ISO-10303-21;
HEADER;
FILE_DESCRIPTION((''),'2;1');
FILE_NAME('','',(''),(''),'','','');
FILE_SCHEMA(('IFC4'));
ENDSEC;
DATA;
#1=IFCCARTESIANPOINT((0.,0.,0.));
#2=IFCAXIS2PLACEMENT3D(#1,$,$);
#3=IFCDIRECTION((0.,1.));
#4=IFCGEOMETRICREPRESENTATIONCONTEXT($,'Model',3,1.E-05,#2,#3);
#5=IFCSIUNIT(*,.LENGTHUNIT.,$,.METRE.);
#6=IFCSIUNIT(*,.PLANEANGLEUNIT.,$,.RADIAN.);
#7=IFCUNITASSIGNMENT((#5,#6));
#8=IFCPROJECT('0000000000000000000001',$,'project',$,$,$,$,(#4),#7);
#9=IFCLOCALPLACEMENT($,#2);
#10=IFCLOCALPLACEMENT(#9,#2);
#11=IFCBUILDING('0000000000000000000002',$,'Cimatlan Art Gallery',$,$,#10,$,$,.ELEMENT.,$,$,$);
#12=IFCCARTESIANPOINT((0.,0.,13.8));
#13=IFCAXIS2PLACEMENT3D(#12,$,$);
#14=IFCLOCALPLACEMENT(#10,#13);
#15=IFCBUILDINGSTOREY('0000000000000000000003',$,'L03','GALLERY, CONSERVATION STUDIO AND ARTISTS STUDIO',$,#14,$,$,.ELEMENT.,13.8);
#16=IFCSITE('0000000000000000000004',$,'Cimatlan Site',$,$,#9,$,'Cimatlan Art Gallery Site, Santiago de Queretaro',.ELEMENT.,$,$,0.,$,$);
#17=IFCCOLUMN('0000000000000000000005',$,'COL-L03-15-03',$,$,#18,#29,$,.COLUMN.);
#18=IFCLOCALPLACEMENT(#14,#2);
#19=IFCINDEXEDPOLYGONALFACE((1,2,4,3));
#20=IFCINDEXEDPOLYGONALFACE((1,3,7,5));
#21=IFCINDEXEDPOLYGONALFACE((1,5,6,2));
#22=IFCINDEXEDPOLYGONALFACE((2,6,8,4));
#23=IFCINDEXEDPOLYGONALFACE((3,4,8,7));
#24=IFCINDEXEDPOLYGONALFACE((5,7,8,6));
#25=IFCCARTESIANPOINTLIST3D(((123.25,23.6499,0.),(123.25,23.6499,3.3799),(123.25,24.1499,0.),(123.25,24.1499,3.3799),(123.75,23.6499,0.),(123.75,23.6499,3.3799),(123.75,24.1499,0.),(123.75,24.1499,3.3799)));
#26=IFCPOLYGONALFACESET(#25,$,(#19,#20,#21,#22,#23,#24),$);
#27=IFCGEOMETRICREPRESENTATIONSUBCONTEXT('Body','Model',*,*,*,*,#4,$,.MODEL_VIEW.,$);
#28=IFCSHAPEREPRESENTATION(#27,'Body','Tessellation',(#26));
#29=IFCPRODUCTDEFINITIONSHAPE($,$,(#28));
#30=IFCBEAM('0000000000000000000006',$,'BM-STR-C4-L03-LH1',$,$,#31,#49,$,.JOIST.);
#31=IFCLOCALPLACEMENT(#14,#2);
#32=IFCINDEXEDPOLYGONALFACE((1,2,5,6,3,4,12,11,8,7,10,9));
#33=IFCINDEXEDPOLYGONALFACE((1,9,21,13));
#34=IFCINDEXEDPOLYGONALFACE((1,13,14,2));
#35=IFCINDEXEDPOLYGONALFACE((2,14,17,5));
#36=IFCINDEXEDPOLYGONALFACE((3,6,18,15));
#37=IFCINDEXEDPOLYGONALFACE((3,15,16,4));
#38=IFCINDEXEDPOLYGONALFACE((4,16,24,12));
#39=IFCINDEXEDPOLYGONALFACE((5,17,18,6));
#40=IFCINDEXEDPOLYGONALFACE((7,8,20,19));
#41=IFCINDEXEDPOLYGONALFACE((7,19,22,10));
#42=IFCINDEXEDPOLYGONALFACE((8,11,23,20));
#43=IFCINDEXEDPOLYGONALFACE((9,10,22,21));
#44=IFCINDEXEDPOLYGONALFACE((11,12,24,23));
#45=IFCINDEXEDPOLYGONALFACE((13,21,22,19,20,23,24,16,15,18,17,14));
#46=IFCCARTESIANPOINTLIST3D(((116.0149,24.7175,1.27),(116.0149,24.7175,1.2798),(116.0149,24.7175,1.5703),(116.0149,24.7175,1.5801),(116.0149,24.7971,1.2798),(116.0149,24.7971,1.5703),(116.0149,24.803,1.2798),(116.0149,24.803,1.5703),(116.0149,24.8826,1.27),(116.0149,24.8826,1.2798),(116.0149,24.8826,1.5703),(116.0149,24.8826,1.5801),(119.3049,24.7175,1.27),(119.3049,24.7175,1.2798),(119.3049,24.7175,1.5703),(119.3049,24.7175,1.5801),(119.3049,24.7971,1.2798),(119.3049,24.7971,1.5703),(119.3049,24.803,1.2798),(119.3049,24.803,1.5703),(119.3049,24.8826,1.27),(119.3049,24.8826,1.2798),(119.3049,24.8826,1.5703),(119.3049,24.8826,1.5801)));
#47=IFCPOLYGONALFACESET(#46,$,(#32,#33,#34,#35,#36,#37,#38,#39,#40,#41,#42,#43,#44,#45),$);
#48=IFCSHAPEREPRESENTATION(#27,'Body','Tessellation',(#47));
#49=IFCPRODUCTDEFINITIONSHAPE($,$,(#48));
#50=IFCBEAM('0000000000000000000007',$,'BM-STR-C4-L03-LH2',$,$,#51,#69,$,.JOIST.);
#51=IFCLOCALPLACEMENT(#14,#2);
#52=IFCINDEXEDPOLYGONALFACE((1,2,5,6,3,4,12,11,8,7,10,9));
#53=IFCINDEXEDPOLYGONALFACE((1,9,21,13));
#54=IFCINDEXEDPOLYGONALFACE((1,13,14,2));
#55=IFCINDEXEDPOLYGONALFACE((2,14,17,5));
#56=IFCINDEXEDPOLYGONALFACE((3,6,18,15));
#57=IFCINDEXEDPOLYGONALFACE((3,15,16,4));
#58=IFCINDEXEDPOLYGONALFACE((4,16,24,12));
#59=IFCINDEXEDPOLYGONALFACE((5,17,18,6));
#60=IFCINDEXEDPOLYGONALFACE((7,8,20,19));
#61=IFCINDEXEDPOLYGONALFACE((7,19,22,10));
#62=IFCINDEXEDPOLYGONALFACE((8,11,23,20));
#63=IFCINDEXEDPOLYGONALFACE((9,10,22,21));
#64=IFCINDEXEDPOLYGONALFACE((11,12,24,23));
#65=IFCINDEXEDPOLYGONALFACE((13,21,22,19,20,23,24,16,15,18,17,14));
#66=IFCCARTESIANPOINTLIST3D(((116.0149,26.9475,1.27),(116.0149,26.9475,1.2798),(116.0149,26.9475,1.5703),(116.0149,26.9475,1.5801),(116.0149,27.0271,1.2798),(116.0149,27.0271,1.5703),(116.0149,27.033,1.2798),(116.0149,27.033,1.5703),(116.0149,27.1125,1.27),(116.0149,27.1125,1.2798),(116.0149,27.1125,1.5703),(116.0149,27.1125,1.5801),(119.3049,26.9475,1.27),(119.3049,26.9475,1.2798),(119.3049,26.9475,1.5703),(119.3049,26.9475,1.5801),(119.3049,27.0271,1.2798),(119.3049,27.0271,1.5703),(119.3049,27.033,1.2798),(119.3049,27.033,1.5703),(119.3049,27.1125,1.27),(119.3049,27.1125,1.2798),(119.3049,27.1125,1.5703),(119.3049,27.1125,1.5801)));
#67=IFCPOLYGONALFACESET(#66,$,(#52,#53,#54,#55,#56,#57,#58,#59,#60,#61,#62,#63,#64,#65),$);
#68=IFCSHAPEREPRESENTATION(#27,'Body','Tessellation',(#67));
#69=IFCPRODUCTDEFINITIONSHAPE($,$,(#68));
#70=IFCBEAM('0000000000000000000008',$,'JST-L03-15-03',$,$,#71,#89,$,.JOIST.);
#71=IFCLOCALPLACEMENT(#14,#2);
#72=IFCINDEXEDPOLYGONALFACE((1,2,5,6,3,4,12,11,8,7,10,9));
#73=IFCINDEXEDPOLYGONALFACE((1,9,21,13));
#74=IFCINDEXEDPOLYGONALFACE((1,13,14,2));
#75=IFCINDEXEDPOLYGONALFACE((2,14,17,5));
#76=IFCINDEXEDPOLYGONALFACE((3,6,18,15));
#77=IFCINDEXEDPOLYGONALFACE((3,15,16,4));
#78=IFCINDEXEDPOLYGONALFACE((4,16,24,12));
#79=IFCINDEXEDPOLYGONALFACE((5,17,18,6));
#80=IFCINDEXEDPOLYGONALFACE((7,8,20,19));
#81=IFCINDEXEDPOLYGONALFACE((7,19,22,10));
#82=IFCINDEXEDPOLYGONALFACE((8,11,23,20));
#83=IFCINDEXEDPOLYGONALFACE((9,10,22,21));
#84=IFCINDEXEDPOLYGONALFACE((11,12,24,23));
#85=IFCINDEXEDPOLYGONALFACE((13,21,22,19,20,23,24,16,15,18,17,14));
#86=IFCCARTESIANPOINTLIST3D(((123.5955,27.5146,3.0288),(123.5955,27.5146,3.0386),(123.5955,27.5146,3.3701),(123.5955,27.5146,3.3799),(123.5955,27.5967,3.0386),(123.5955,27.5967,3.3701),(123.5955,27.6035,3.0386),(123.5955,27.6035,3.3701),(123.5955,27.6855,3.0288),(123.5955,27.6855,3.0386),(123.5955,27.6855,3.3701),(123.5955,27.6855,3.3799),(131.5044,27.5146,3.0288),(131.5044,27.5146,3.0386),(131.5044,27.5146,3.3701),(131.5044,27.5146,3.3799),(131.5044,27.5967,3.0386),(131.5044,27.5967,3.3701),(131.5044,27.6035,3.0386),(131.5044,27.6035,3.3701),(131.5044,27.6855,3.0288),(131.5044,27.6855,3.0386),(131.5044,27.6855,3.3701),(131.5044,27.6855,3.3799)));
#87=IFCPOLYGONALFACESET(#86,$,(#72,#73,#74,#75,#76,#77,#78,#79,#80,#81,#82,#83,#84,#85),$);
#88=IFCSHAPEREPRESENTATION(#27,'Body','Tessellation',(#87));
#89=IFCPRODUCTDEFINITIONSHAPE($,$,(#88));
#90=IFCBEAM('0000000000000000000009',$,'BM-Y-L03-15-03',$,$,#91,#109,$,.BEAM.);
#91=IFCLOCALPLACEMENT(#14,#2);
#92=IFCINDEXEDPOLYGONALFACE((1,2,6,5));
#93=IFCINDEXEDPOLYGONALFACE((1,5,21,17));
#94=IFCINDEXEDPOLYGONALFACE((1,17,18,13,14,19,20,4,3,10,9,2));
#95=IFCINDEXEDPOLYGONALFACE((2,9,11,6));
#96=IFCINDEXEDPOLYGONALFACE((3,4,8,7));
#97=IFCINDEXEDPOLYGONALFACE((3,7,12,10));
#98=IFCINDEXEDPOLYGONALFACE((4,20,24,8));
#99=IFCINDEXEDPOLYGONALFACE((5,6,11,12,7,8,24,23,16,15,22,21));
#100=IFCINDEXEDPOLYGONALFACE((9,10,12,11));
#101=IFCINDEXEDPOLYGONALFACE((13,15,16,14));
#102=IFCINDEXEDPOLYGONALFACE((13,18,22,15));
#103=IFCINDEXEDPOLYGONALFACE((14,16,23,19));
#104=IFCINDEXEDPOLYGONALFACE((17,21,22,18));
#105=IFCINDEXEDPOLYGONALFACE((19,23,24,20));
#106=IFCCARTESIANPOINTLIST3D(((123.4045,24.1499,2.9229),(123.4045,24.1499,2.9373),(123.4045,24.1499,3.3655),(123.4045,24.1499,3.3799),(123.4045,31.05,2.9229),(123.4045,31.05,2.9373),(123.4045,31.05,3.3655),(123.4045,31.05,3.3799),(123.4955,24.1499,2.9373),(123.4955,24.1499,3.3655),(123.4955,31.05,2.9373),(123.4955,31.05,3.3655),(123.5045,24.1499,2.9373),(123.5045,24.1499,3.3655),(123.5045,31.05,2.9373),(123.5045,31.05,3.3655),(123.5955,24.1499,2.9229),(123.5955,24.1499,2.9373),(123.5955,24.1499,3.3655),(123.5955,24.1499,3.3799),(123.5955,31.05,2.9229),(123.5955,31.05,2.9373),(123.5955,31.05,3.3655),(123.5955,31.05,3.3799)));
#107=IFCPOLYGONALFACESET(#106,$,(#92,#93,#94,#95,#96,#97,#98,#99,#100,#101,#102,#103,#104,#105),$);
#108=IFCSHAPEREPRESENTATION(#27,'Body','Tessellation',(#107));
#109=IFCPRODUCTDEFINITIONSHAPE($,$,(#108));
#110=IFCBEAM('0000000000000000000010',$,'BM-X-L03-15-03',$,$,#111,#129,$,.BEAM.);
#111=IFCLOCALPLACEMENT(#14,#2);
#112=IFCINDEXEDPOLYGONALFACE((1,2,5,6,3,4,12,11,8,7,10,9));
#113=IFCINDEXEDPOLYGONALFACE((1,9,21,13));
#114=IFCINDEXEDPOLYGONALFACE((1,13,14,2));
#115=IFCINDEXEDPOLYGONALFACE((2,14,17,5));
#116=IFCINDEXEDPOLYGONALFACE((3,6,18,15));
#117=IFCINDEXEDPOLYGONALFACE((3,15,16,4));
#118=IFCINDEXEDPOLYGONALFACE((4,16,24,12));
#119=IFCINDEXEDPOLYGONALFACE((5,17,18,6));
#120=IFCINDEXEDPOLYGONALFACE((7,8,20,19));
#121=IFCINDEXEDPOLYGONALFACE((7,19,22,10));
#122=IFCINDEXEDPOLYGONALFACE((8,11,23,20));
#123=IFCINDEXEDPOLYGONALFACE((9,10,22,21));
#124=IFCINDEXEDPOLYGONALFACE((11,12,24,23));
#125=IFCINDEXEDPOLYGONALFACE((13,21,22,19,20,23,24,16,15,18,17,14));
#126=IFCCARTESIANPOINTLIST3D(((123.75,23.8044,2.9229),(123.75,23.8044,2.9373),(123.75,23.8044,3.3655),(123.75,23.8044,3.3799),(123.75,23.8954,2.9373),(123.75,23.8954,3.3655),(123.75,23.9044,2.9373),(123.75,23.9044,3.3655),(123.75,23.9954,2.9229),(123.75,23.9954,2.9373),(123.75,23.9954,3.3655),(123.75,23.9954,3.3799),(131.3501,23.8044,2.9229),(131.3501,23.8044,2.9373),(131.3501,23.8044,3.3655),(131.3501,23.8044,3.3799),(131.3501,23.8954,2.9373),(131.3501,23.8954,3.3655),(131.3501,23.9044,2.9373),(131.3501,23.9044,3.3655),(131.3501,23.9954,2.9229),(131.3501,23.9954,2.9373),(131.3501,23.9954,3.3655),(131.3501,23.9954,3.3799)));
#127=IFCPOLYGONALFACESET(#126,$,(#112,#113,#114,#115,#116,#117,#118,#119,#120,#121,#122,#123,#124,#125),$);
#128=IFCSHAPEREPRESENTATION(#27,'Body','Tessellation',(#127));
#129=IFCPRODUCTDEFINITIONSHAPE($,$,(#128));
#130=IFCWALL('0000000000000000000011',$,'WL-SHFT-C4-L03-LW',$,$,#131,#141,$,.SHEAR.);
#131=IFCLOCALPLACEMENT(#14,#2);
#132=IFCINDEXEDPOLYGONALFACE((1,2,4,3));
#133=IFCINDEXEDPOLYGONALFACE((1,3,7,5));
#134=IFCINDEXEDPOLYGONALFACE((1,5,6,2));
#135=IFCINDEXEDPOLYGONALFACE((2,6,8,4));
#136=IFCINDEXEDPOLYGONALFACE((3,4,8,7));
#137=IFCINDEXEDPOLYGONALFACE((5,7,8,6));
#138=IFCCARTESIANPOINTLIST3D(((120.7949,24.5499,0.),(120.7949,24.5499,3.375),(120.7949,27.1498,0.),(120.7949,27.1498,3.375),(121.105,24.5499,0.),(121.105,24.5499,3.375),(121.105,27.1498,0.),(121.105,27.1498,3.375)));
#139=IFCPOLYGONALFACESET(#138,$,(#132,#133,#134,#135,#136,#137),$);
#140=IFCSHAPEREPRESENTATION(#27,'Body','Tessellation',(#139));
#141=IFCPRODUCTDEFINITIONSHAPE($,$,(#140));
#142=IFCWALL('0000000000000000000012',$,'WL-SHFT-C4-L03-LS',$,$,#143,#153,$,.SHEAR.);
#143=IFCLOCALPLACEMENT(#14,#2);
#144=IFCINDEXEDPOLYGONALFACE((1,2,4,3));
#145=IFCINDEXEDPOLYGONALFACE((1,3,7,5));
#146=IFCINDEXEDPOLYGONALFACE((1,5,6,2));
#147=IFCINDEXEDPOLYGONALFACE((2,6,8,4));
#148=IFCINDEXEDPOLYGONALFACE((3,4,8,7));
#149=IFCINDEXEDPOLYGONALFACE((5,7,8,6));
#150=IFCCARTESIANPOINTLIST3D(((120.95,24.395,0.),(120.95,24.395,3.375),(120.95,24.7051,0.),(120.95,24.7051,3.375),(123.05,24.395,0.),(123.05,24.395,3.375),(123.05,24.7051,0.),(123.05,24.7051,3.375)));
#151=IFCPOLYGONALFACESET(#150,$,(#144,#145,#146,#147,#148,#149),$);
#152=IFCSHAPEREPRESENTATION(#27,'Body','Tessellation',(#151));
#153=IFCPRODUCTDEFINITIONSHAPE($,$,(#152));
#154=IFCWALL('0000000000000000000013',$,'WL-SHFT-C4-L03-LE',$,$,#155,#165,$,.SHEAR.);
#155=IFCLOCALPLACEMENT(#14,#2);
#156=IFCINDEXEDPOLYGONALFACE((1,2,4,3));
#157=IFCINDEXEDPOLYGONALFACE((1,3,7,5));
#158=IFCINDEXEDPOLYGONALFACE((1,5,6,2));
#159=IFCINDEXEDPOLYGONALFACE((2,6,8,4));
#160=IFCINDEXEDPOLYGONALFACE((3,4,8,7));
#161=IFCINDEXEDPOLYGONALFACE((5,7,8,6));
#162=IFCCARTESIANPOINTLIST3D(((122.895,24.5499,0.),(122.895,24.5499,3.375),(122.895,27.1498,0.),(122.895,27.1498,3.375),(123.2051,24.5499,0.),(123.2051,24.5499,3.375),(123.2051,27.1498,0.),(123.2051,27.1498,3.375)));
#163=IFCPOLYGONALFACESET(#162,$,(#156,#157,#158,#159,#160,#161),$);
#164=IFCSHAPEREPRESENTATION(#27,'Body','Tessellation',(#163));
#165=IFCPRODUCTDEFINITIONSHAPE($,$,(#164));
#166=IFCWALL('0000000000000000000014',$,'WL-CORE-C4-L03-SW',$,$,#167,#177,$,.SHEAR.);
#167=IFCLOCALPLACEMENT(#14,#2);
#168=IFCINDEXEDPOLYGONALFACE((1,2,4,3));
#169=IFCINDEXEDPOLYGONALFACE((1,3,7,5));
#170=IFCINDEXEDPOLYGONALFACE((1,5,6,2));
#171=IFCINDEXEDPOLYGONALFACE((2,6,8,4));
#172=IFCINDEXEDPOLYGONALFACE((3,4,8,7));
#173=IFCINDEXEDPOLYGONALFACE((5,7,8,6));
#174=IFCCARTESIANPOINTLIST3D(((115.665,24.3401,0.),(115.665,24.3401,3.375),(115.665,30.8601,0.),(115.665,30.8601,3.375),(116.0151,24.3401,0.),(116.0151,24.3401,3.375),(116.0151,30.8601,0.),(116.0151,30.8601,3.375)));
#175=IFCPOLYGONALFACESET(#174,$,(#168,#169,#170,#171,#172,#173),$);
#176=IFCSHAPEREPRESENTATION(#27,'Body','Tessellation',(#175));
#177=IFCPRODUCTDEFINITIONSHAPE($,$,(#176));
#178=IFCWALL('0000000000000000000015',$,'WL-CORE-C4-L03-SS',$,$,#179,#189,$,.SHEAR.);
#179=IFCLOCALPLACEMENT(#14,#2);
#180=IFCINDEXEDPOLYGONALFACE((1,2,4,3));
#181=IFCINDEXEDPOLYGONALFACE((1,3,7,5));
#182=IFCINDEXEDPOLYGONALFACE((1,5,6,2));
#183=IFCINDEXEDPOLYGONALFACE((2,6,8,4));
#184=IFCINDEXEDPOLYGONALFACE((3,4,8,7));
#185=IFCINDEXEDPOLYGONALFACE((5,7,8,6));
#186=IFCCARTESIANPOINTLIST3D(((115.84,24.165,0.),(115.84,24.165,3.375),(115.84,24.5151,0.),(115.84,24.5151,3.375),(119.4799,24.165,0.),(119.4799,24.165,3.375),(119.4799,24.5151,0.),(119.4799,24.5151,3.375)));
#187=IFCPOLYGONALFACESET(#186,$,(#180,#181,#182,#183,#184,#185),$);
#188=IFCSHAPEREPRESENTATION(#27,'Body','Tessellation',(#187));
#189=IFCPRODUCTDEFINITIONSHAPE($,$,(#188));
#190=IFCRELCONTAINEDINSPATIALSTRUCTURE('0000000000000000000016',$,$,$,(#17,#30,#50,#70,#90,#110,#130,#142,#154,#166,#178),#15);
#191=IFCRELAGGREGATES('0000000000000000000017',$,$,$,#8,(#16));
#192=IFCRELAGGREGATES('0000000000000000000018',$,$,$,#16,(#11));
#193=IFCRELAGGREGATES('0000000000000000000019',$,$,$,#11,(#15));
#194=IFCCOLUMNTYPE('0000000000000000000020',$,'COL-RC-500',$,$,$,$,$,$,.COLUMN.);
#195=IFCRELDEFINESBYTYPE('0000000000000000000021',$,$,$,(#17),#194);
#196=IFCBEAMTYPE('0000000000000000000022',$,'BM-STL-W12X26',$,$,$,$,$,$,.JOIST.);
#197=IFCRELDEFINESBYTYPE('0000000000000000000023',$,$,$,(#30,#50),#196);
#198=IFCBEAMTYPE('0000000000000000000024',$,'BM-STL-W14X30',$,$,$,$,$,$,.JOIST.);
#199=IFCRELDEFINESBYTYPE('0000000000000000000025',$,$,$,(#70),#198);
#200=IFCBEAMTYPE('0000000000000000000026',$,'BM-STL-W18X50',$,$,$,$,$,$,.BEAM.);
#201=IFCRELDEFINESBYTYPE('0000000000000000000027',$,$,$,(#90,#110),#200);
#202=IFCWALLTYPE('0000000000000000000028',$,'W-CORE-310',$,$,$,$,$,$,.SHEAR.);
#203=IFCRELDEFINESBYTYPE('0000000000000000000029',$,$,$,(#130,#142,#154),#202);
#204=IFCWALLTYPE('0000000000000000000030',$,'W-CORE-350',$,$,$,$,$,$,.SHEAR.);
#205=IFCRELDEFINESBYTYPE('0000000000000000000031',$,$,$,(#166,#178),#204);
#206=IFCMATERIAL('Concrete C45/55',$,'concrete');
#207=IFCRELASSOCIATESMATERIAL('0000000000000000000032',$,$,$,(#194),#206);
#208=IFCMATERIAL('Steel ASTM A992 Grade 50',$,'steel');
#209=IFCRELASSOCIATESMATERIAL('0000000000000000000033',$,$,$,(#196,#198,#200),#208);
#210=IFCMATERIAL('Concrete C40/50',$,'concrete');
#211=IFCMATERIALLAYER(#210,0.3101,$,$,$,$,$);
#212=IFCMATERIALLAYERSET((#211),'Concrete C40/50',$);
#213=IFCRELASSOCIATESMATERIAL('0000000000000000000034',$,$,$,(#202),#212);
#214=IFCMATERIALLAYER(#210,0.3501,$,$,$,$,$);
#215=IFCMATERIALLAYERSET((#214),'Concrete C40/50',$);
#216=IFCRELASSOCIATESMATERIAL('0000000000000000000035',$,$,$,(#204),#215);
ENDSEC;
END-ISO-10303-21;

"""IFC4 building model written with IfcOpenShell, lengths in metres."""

from ifc_helpers import new_model, si_unit, direction, frame, frame_2d, origin, origin_2d, place, context, subcontext, project, spatial, rectangle, i_section, extrude, material, layer, layer_set, material_profile, profile_set, type_object, element, save


model = new_model("IFC4")

# Units and contexts
model_context = context("Model", 3, precision=1e-05, world=origin(), true_north=direction((0.0, 1.0)))
body_context = subcontext(model_context, "Body", "Model", "MODEL_VIEW")
ifc_project = project(units=[si_unit("LENGTHUNIT", "METRE"), si_unit("PLANEANGLEUNIT", "RADIAN")], contexts=[model_context])

# Site, building, storey
site_placement = place(None, origin())
site = spatial("IfcSite", under=ifc_project, at=site_placement, Name="Cimatlan Site", LongName="Cimatlan Art Gallery Site, Santiago de Queretaro", CompositionType="ELEMENT", RefElevation=0.0)
building_placement = place(site_placement, origin())
building = spatial("IfcBuilding", under=site, at=building_placement, Name="Cimatlan Art Gallery", CompositionType="ELEMENT")
storey_placement = place(building_placement, frame((0.0, 0.0, 13.8)))
storey = spatial("IfcBuildingStorey", under=building, at=storey_placement, Name="L03", Description="GALLERY, CONSERVATION STUDIO AND ARTISTS STUDIO", CompositionType="ELEMENT", Elevation=13.8)

# Column
ifc_material_1 = material(Name="Concrete C45/55", Category="concrete")
ifc_material_profile_1 = material_profile(ifc_material_1, rectangle(XDim=0.5, YDim=0.5, at=origin_2d()), Name="RC500X500")
ifc_profile_set_1 = profile_set([ifc_material_profile_1], Name="Concrete C45/55")
column_type = type_object("IfcColumnType", Name="COL-RC-500", PredefinedType="COLUMN", material=ifc_profile_set_1)
column_placement = place(storey_placement, frame((123.5, 23.8999, 0.0), z_axis=(0.0, 0.0, 1.0), x_axis=(1.0, 0.0, 0.0)))
element("IfcColumn", 1, at=column_placement, inside=storey, type_object=column_type, Name="COL-L03-15-03", PredefinedType="COLUMN", context=body_context, shape_type="SweptSolid", body=[
    extrude(rectangle(XDim=0.5, YDim=0.5, at=origin_2d()), origin(), (0.0, 0.0, 1.0), 3.3799),
])

# Beams
ifc_material_2 = material(Name="Steel ASTM A992 Grade 50", Category="steel")
ifc_material_profile_2 = material_profile(ifc_material_2, i_section(OverallWidth=0.165, OverallDepth=0.3101, WebThickness=0.0059, FlangeThickness=0.0098, at=origin_2d()), Name="W12X26")
ifc_profile_set_2 = profile_set([ifc_material_profile_2], Name="Steel ASTM A992 Grade 50")
beam_type_1 = type_object("IfcBeamType", Name="BM-STL-W12X26", PredefinedType="JOIST", material=ifc_profile_set_2)
for number, where, z_axis, x_axis, name in (
    (2, (116.0149, 24.8, 1.425), (1.0, 0.0, 0.0), (0.0, 1.0, 0.0), "BM-STR-C4-L03-LH1"),
    (3, (116.0149, 27.03, 1.425), (1.0, 0.0, 0.0), (0.0, 1.0, 0.0), "BM-STR-C4-L03-LH2"),
):
    element("IfcBeam", number, at=place(storey_placement, frame(where, z_axis=z_axis, x_axis=x_axis)), inside=storey, type_object=beam_type_1, Name=name, PredefinedType="JOIST", context=body_context, shape_type="SweptSolid", body=[
        extrude(i_section(OverallWidth=0.165, OverallDepth=0.3101, WebThickness=0.0059, FlangeThickness=0.0098, at=origin_2d()), origin(), (0.0, 0.0, 1.0), 3.29),
    ])
ifc_material_profile_3 = material_profile(ifc_material_2, i_section(OverallWidth=0.1709, OverallDepth=0.3511, WebThickness=0.0068, FlangeThickness=0.0098, at=origin_2d()), Name="W14X30")
ifc_profile_set_3 = profile_set([ifc_material_profile_3], Name="Steel ASTM A992 Grade 50")
beam_type_2 = type_object("IfcBeamType", Name="BM-STL-W14X30", PredefinedType="JOIST", material=ifc_profile_set_3)
beam_1_placement = place(storey_placement, frame((123.5955, 27.6001, 3.2043), z_axis=(1.0, 0.0, 0.0), x_axis=(0.0, 1.0, 0.0)))
element("IfcBeam", 4, at=beam_1_placement, inside=storey, type_object=beam_type_2, Name="JST-L03-15-03", PredefinedType="JOIST", context=body_context, shape_type="SweptSolid", body=[
    extrude(i_section(OverallWidth=0.1709, OverallDepth=0.3511, WebThickness=0.0068, FlangeThickness=0.0098, at=origin_2d()), origin(), (0.0, 0.0, 1.0), 7.9089),
])
ifc_material_profile_4 = material_profile(ifc_material_2, i_section(OverallWidth=0.1909, OverallDepth=0.457, WebThickness=0.009, FlangeThickness=0.0144, at=origin_2d()), Name="W18X50")
ifc_profile_set_4 = profile_set([ifc_material_profile_4], Name="Steel ASTM A992 Grade 50")
beam_type_3 = type_object("IfcBeamType", Name="BM-STL-W18X50", PredefinedType="BEAM", material=ifc_profile_set_4)
beam_2_placement = place(storey_placement, frame((123.5, 24.1499, 3.1514), z_axis=(0.0, 1.0, 0.0), x_axis=(-1.0, 0.0, 0.0)))
element("IfcBeam", 5, at=beam_2_placement, inside=storey, type_object=beam_type_3, Name="BM-Y-L03-15-03", PredefinedType="BEAM", context=body_context, shape_type="SweptSolid", body=[
    extrude(i_section(OverallWidth=0.1909, OverallDepth=0.457, WebThickness=0.009, FlangeThickness=0.0144, at=origin_2d()), origin(), (0.0, 0.0, 1.0), 6.9001),
])
beam_3_placement = place(storey_placement, frame((123.75, 23.8999, 3.1514), z_axis=(1.0, 0.0, 0.0), x_axis=(0.0, 1.0, 0.0)))
element("IfcBeam", 6, at=beam_3_placement, inside=storey, type_object=beam_type_3, Name="BM-X-L03-15-03", PredefinedType="BEAM", context=body_context, shape_type="SweptSolid", body=[
    extrude(i_section(OverallWidth=0.1909, OverallDepth=0.457, WebThickness=0.009, FlangeThickness=0.0144, at=origin_2d()), origin(), (0.0, 0.0, 1.0), 7.6001),
])

# Walls
ifc_material_3 = material(Name="Concrete C40/50", Category="concrete")
ifc_layer_1 = layer(ifc_material_3, 0.3101)
ifc_layer_set_1 = layer_set([ifc_layer_1], Name="Concrete C40/50")
wall_type_1 = type_object("IfcWallType", Name="W-CORE-310", PredefinedType="SHEAR", material=ifc_layer_set_1)
wall_1_placement = place(storey_placement, frame((120.95, 24.55, 0.0), z_axis=(0.0, 0.0, 1.0), x_axis=(0.0, 1.0, 0.0)))
element("IfcWall", 7, at=wall_1_placement, inside=storey, type_object=wall_type_1, Name="WL-SHFT-C4-L03-LW", PredefinedType="SHEAR", context=body_context, shape_type="SweptSolid", body=[
    extrude(rectangle(XDim=2.5999, YDim=0.3101, at=frame_2d((1.2998, 0.0))), origin(), (0.0, 0.0, 1.0), 3.375),
])
wall_2_placement = place(storey_placement, frame((120.95, 24.55, 0.0), z_axis=(0.0, 0.0, 1.0), x_axis=(1.0, 0.0, 0.0)))
element("IfcWall", 8, at=wall_2_placement, inside=storey, type_object=wall_type_1, Name="WL-SHFT-C4-L03-LS", PredefinedType="SHEAR", context=body_context, shape_type="SweptSolid", body=[
    extrude(rectangle(XDim=2.1001, YDim=0.3101, at=frame_2d((1.05, 0.0))), origin(), (0.0, 0.0, 1.0), 3.375),
])
wall_3_placement = place(storey_placement, frame((123.05, 24.55, 0.0), z_axis=(0.0, 0.0, 1.0), x_axis=(0.0, 1.0, 0.0)))
element("IfcWall", 9, at=wall_3_placement, inside=storey, type_object=wall_type_1, Name="WL-SHFT-C4-L03-LE", PredefinedType="SHEAR", context=body_context, shape_type="SweptSolid", body=[
    extrude(rectangle(XDim=2.5999, YDim=0.3101, at=frame_2d((1.2998, 0.0))), origin(), (0.0, 0.0, 1.0), 3.375),
])

# Walls
ifc_layer_2 = layer(ifc_material_3, 0.3501)
ifc_layer_set_2 = layer_set([ifc_layer_2], Name="Concrete C40/50")
wall_type_2 = type_object("IfcWallType", Name="W-CORE-350", PredefinedType="SHEAR", material=ifc_layer_set_2)
wall_4_placement = place(storey_placement, frame((115.8401, 24.3401, 0.0), z_axis=(0.0, 0.0, 1.0), x_axis=(0.0, 1.0, 0.0)))
element("IfcWall", 10, at=wall_4_placement, inside=storey, type_object=wall_type_2, Name="WL-CORE-C4-L03-SW", PredefinedType="SHEAR", context=body_context, shape_type="SweptSolid", body=[
    extrude(rectangle(XDim=6.52, YDim=0.3501, at=frame_2d((3.26, 0.0))), origin(), (0.0, 0.0, 1.0), 3.375),
])
wall_5_placement = place(storey_placement, frame((115.8401, 24.3401, 0.0), z_axis=(0.0, 0.0, 1.0), x_axis=(1.0, 0.0, 0.0)))
element("IfcWall", 11, at=wall_5_placement, inside=storey, type_object=wall_type_2, Name="WL-CORE-C4-L03-SS", PredefinedType="SHEAR", context=body_context, shape_type="SweptSolid", body=[
    extrude(rectangle(XDim=3.6399, YDim=0.3501, at=frame_2d((1.8198, 0.0))), origin(), (0.0, 0.0, 1.0), 3.375),
])

save(model, "model.ifc")
